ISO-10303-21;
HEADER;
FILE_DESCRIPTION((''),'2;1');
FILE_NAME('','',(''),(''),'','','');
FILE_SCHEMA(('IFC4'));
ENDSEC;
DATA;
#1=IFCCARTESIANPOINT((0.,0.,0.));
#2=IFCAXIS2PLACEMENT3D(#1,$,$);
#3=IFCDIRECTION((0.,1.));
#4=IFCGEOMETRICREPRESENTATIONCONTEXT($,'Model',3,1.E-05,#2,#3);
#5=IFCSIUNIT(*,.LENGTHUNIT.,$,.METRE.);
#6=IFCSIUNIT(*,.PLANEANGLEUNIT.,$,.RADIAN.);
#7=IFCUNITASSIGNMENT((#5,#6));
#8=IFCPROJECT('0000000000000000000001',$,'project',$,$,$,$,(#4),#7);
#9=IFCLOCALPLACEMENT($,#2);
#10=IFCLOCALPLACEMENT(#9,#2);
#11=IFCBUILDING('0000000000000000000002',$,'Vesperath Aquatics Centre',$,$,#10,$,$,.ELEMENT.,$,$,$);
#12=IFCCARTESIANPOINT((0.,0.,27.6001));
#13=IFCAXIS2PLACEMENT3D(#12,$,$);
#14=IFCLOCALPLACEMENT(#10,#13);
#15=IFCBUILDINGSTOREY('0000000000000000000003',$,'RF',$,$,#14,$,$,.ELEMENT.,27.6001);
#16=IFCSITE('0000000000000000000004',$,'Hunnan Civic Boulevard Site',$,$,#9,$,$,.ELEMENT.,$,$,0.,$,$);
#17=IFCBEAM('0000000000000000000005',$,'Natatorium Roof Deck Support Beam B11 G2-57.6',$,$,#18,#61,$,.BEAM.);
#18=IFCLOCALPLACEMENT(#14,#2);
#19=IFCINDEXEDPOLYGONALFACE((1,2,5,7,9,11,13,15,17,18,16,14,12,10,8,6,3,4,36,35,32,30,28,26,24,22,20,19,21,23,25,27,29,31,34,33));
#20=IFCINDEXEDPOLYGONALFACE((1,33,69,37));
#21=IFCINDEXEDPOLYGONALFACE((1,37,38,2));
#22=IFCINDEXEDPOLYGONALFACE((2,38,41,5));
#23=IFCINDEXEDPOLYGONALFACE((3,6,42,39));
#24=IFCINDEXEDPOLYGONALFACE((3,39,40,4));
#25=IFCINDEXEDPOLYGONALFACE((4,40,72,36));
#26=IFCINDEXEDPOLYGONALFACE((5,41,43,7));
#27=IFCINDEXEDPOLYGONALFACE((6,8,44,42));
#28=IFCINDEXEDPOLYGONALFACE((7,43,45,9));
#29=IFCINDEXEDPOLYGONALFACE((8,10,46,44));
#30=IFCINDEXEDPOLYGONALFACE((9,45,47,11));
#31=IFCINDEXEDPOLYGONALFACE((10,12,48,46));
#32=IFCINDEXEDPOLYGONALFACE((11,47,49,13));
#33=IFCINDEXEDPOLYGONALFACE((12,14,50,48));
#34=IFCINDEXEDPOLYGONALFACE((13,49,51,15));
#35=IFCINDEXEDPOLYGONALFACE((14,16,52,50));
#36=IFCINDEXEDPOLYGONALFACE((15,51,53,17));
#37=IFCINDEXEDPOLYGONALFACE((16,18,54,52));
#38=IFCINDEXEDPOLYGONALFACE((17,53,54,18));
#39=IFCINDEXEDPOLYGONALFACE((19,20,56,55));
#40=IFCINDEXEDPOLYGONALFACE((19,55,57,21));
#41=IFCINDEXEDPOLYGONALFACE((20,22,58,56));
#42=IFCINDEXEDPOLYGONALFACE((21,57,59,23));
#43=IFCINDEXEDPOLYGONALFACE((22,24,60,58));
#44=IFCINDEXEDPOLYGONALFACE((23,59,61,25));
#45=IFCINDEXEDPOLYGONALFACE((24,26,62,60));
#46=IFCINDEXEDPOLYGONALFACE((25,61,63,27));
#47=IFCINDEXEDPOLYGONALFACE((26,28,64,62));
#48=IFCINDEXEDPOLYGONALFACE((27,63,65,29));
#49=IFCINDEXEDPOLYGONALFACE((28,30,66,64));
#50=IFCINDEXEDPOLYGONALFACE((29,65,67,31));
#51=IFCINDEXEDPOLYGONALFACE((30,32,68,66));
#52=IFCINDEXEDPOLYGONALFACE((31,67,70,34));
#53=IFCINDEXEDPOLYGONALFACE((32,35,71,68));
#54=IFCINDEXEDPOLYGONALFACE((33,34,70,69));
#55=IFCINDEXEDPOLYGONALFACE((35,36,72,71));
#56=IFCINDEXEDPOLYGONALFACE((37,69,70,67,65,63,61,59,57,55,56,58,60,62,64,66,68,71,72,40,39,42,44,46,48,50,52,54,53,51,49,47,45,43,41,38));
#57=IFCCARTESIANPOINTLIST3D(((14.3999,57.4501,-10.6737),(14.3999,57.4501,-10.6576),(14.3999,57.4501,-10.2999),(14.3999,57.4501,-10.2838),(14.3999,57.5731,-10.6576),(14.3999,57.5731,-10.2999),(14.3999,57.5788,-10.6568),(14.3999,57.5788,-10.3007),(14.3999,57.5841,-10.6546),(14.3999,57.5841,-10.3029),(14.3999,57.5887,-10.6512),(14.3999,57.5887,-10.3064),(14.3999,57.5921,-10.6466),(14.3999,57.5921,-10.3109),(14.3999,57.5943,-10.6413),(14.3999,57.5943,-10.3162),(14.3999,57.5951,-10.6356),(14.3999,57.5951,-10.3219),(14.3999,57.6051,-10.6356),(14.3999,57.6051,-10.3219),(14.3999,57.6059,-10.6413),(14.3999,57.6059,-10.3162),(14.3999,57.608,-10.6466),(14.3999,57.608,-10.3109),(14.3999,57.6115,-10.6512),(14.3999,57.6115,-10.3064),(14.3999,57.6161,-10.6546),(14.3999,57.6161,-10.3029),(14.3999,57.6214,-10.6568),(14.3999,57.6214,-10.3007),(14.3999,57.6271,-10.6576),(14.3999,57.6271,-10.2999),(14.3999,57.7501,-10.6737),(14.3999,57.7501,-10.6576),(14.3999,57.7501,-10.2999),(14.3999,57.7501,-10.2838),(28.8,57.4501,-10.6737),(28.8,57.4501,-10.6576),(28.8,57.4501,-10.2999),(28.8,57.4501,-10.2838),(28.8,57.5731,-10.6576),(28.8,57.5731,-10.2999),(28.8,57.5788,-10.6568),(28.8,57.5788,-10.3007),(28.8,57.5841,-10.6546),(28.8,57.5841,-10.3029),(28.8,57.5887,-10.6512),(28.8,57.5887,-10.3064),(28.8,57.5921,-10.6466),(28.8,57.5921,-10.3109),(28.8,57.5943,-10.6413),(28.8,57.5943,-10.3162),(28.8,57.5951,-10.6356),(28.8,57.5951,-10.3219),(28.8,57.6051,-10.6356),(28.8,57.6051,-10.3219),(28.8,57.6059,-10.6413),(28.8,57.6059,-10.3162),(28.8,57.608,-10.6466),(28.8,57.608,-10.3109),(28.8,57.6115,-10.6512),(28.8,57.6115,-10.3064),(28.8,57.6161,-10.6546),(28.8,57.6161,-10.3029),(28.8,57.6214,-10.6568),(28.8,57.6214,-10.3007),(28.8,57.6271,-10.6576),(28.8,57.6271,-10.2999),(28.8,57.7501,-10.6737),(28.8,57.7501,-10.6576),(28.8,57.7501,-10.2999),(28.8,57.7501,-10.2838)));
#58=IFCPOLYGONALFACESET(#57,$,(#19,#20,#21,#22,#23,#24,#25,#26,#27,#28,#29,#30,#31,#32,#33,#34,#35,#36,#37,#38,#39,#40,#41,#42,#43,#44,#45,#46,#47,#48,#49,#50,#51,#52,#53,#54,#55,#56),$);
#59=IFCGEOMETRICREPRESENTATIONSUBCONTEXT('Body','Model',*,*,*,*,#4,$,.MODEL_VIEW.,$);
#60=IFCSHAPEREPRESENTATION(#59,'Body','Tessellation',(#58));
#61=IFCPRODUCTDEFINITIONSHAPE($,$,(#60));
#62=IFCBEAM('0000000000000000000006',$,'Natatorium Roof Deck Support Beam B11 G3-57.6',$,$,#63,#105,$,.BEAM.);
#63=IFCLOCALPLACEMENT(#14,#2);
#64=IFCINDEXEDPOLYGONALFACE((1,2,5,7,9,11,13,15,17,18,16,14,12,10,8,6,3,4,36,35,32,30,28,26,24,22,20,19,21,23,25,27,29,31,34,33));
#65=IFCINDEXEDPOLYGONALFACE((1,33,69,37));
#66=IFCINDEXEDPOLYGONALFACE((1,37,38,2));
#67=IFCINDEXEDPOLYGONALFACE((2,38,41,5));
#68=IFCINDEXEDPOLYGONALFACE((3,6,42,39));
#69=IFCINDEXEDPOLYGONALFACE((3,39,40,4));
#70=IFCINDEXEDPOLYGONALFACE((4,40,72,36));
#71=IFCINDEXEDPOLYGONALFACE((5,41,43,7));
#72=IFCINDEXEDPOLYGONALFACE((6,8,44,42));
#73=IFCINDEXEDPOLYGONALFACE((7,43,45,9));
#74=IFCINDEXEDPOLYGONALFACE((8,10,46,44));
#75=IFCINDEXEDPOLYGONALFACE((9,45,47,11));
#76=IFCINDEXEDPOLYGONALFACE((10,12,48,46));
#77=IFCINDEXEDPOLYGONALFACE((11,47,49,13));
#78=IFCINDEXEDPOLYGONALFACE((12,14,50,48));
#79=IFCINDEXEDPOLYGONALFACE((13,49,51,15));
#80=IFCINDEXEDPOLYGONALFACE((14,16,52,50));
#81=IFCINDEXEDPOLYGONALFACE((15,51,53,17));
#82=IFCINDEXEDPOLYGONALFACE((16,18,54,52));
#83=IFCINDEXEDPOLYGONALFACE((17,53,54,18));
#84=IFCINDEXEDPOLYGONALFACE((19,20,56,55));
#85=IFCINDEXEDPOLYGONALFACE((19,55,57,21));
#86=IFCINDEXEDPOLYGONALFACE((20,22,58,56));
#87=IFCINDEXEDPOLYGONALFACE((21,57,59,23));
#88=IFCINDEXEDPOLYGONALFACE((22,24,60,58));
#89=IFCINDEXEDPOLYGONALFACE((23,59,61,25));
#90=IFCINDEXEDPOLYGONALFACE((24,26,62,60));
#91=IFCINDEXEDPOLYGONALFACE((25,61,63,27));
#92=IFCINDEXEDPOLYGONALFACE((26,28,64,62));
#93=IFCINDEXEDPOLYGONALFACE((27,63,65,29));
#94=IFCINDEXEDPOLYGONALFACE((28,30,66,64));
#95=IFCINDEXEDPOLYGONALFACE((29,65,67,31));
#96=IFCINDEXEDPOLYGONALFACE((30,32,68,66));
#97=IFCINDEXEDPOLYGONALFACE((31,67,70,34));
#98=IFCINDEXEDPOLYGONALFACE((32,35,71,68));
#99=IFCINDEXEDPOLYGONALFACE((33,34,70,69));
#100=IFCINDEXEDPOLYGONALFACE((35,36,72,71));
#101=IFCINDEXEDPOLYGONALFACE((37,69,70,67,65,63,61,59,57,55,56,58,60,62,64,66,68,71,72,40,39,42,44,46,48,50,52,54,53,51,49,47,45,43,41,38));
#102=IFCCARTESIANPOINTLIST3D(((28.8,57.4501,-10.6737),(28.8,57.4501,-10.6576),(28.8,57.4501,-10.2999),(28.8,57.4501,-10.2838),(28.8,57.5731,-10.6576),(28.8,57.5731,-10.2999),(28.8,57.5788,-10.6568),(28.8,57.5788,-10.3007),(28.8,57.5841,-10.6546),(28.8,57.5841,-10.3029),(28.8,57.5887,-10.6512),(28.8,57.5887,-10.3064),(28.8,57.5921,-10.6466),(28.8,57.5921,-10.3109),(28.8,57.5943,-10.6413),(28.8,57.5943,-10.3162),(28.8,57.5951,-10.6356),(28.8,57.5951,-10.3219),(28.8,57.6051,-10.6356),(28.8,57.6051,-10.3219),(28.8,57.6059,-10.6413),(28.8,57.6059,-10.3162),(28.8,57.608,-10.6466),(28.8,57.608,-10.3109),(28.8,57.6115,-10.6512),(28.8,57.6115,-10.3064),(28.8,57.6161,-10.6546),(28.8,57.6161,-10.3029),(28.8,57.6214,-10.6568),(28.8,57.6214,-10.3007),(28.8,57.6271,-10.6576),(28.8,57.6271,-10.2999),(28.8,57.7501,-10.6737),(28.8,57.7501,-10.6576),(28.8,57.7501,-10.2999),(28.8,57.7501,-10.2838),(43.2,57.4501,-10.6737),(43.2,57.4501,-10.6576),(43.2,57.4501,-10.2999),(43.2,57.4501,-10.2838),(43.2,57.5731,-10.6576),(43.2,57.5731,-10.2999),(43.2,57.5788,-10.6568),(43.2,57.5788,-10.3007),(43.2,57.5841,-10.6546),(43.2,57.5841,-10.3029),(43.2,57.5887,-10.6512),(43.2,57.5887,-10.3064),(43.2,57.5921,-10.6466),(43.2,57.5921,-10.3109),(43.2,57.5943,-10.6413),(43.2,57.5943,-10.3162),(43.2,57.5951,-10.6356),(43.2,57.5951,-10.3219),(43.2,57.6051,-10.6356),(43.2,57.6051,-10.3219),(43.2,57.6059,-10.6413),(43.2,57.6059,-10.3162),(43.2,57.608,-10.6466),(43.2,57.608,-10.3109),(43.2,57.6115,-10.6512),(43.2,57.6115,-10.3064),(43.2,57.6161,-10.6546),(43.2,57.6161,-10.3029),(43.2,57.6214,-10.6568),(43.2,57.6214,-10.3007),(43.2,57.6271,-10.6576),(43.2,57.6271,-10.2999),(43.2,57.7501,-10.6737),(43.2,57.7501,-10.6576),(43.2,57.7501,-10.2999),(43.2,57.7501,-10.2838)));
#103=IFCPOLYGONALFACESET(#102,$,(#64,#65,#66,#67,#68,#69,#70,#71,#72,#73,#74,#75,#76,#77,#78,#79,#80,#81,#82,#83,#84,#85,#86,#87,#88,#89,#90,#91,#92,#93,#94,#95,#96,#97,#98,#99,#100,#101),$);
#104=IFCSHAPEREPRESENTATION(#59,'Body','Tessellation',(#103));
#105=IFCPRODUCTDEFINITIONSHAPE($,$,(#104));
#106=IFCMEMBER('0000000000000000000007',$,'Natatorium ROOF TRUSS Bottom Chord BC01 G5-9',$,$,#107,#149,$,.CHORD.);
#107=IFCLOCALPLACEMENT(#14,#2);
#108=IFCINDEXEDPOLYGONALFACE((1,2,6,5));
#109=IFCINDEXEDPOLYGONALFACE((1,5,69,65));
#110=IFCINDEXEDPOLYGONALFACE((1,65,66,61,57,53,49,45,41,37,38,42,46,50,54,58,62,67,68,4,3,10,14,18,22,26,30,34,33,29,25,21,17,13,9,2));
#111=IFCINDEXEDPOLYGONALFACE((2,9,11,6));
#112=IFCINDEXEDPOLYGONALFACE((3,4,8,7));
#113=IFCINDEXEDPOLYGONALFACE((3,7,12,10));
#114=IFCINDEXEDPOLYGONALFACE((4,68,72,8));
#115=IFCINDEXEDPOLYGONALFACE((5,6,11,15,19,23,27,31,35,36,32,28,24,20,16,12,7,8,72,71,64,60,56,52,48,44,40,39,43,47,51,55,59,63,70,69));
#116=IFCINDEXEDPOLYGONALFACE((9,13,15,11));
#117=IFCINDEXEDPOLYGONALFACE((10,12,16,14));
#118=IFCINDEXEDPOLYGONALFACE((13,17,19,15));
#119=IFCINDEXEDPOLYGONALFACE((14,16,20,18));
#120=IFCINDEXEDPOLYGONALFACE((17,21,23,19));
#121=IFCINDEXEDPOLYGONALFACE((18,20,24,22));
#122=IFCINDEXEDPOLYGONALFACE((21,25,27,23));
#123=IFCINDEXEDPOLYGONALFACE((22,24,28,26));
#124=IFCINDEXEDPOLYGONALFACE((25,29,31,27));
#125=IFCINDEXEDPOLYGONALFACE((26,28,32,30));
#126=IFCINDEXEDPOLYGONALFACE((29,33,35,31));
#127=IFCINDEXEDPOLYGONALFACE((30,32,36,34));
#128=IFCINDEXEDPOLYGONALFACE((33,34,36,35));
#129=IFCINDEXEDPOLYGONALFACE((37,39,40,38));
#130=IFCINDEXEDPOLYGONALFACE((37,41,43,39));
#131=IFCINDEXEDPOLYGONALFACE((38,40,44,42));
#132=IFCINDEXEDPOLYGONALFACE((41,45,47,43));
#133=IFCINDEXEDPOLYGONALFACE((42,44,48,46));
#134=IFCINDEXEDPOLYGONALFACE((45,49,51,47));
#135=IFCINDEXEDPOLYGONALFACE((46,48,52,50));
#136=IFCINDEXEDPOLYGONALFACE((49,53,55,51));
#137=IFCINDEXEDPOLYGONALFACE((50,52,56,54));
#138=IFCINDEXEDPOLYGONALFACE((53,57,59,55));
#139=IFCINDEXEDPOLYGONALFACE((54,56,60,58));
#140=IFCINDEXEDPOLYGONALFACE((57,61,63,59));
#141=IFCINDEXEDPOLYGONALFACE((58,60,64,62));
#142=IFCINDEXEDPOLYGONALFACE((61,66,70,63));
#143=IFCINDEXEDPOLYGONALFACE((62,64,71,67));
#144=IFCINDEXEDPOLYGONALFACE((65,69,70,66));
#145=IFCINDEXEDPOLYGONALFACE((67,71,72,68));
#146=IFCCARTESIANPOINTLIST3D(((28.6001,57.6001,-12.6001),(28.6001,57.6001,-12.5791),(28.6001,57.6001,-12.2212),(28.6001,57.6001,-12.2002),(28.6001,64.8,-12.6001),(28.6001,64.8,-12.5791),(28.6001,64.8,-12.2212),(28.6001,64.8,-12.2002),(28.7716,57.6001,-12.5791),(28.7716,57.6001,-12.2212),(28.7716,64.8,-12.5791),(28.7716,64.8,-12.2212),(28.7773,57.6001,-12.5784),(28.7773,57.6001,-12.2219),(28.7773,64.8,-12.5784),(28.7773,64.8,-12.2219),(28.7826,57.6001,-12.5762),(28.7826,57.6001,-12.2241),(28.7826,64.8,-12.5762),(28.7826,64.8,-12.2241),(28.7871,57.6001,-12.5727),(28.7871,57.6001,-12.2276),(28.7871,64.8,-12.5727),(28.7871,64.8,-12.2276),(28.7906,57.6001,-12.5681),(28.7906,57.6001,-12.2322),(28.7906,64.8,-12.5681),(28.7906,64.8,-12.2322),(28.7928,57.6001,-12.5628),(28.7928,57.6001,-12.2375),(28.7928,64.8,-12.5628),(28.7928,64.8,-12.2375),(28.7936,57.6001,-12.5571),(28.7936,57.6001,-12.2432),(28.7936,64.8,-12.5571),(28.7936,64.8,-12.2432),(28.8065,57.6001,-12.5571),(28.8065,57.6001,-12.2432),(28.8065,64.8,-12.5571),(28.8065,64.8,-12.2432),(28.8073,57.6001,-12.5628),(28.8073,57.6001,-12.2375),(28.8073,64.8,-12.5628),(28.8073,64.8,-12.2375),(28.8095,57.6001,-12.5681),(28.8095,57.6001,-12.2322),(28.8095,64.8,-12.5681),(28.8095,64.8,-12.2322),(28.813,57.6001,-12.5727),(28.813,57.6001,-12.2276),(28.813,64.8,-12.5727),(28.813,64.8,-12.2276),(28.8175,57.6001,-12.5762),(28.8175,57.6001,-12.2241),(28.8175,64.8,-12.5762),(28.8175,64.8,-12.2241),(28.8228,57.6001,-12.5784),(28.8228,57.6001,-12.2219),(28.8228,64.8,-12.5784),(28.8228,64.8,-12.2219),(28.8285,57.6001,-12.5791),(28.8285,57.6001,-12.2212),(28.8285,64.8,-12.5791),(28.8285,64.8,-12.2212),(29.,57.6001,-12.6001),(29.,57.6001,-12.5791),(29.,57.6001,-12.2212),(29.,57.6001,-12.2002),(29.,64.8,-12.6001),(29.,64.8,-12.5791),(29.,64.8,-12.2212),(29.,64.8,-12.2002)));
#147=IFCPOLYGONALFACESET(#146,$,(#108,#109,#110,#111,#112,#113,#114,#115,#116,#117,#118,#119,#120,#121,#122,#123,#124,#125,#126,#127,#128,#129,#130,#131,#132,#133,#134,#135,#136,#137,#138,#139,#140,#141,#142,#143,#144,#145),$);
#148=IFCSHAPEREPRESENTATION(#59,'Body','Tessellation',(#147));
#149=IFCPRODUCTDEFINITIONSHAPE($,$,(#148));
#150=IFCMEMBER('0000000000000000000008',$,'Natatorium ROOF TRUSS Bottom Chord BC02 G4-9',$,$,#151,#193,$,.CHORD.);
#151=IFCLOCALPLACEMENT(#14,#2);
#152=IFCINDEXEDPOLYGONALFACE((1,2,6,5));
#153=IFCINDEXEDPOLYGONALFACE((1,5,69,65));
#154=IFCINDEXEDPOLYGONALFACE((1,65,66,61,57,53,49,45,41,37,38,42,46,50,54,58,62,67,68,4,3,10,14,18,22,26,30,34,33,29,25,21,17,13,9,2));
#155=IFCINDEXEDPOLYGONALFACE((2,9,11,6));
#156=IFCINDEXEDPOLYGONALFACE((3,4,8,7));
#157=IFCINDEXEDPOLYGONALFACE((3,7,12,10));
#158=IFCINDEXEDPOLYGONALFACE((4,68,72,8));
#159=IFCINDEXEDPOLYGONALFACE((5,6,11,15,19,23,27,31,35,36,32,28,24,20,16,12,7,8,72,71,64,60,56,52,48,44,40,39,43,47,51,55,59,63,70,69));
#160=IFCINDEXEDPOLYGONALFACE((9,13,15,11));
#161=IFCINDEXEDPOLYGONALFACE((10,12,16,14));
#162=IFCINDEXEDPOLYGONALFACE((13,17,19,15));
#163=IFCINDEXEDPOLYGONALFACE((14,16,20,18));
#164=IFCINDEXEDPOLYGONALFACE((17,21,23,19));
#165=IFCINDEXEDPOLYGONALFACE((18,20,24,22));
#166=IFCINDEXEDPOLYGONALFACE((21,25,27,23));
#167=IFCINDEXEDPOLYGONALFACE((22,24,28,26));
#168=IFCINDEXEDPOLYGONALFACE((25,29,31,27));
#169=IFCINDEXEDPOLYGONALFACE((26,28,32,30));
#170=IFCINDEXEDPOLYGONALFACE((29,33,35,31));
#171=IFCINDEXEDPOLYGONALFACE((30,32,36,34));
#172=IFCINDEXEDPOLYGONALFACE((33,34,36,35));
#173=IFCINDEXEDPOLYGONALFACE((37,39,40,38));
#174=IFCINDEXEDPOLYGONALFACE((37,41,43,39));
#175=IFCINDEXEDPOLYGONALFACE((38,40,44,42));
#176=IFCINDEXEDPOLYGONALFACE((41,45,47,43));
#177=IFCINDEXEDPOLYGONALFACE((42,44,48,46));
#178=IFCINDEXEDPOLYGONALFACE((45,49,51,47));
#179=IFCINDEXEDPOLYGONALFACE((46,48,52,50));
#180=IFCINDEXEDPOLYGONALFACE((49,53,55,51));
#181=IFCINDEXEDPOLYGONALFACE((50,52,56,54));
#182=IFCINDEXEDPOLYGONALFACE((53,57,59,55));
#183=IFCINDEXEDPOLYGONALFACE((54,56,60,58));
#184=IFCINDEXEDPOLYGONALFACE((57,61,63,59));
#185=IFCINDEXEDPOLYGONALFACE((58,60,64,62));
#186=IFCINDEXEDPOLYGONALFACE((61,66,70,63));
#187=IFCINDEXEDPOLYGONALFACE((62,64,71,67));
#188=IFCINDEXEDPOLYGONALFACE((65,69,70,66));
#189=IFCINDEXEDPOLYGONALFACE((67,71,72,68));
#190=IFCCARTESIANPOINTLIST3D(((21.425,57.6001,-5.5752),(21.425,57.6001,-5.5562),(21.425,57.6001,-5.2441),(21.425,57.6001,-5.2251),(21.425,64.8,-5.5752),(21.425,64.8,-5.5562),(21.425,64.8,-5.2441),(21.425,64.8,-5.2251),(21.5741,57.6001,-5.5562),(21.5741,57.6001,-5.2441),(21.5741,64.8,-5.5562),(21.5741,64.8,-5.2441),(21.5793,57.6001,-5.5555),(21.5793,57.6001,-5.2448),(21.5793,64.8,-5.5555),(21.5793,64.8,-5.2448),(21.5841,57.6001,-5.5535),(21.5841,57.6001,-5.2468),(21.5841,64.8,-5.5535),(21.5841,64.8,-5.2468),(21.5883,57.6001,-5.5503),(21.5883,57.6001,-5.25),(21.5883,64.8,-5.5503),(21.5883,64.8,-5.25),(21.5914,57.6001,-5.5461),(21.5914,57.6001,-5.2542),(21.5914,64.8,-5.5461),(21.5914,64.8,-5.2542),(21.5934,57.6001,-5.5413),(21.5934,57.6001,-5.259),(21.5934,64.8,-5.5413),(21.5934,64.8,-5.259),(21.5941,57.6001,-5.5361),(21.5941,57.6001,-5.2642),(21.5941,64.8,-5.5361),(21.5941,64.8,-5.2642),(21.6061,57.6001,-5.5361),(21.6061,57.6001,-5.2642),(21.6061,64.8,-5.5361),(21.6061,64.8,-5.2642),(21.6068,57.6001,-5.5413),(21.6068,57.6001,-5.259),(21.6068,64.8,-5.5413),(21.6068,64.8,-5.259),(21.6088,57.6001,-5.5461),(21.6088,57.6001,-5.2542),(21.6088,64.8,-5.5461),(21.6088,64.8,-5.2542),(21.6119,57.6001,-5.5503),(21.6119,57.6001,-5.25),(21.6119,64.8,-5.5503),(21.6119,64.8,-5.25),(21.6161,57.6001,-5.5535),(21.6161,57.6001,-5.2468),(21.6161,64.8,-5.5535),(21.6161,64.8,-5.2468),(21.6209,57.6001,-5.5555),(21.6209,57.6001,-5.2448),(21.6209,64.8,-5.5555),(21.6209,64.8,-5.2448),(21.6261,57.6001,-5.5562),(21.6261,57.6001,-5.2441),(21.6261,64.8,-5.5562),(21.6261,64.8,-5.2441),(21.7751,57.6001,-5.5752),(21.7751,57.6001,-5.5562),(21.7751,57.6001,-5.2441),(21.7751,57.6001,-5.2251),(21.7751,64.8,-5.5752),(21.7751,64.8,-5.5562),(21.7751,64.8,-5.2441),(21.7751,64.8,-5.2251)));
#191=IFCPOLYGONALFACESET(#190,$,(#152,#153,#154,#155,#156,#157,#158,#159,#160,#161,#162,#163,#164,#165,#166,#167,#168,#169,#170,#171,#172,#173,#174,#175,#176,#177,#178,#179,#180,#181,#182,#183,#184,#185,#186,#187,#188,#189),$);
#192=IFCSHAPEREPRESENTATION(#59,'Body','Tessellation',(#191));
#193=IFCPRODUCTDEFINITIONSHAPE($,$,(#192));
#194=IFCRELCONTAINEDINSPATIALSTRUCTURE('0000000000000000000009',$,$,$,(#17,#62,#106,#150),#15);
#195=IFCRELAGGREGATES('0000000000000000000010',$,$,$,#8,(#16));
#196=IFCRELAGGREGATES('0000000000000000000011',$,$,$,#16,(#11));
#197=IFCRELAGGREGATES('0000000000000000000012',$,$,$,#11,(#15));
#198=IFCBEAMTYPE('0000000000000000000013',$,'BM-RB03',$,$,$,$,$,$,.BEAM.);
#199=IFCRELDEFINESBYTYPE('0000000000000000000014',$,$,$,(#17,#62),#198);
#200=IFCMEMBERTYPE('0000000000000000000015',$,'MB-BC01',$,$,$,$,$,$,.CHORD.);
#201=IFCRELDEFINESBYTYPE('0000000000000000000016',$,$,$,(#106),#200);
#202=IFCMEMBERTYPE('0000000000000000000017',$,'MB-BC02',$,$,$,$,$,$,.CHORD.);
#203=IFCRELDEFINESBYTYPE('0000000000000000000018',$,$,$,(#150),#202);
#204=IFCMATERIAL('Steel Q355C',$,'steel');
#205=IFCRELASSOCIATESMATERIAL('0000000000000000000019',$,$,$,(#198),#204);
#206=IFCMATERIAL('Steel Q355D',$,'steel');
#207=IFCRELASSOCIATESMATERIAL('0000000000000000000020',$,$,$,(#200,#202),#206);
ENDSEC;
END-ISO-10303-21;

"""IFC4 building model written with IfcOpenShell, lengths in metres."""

from ifc_helpers import new_model, si_unit, direction, frame, origin, origin_2d, place, context, subcontext, project, spatial, i_section, extrude, material, material_profile, profile_set, type_object, element, save


model = new_model("IFC4")

# Units and contexts
model_context = context("Model", 3, precision=1e-05, world=origin(), true_north=direction((0.0, 1.0)))
body_context = subcontext(model_context, "Body", "Model", "MODEL_VIEW")
ifc_project = project(units=[si_unit("LENGTHUNIT", "METRE"), si_unit("PLANEANGLEUNIT", "RADIAN")], contexts=[model_context])

# Site, building, storey
site_placement = place(None, origin())
site = spatial("IfcSite", under=ifc_project, at=site_placement, Name="Hunnan Civic Boulevard Site", CompositionType="ELEMENT", RefElevation=0.0)
building_placement = place(site_placement, origin())
building = spatial("IfcBuilding", under=site, at=building_placement, Name="Vesperath Aquatics Centre", CompositionType="ELEMENT")
storey_placement = place(building_placement, frame((0.0, 0.0, 27.6001)))
storey = spatial("IfcBuildingStorey", under=building, at=storey_placement, Name="RF", CompositionType="ELEMENT", Elevation=27.6001)

# Beams
ifc_material_1 = material(Name="Steel Q355C", Category="steel")
ifc_material_profile_1 = material_profile(ifc_material_1, i_section(OverallWidth=0.3, OverallDepth=0.3899, WebThickness=0.01, FlangeThickness=0.0161, FilletRadius=0.022, at=origin_2d()), Name="HM 390x300x10x16")
ifc_profile_set_1 = profile_set([ifc_material_profile_1], Name="Steel Q355C")
beam_type = type_object("IfcBeamType", Name="BM-RB03", PredefinedType="BEAM", material=ifc_profile_set_1)
beam_1_placement = place(storey_placement, frame((14.3999, 57.6001, -10.4788), z_axis=(1.0, 0.0, 0.0), x_axis=(0.0, 1.0, 0.0)))
element("IfcBeam", 1, at=beam_1_placement, inside=storey, type_object=beam_type, Name="Natatorium Roof Deck Support Beam B11 G2-57.6", PredefinedType="BEAM", context=body_context, shape_type="SweptSolid", body=[
    extrude(i_section(OverallWidth=0.3, OverallDepth=0.3899, WebThickness=0.01, FlangeThickness=0.0161, FilletRadius=0.022, at=origin_2d()), origin(), (0.0, 0.0, 1.0), 14.4001),
])
beam_2_placement = place(storey_placement, frame((28.8, 57.6001, -10.4788), z_axis=(1.0, 0.0, 0.0), x_axis=(0.0, 1.0, 0.0)))
element("IfcBeam", 2, at=beam_2_placement, inside=storey, type_object=beam_type, Name="Natatorium Roof Deck Support Beam B11 G3-57.6", PredefinedType="BEAM", context=body_context, shape_type="SweptSolid", body=[
    extrude(i_section(OverallWidth=0.3, OverallDepth=0.3899, WebThickness=0.01, FlangeThickness=0.0161, FilletRadius=0.022, at=origin_2d()), origin(), (0.0, 0.0, 1.0), 14.3999),
])

# Members
ifc_material_2 = material(Name="Steel Q355D", Category="steel")
ifc_material_profile_2 = material_profile(ifc_material_2, i_section(OverallWidth=0.3999, OverallDepth=0.3999, WebThickness=0.0129, FlangeThickness=0.021, FilletRadius=0.022, at=origin_2d()), Name="HW 400x400x13x21")
ifc_profile_set_2 = profile_set([ifc_material_profile_2], Name="Steel Q355D")
member_type_1 = type_object("IfcMemberType", Name="MB-BC01", PredefinedType="CHORD", material=ifc_profile_set_2)
member_1_placement = place(storey_placement, frame((28.8, 57.6001, -12.4001), z_axis=(0.0, 1.0, 0.0), x_axis=(-1.0, 0.0, 0.0)))
element("IfcMember", 3, at=member_1_placement, inside=storey, type_object=member_type_1, Name="Natatorium ROOF TRUSS Bottom Chord BC01 G5-9", PredefinedType="CHORD", context=body_context, shape_type="SweptSolid", body=[
    extrude(i_section(OverallWidth=0.3999, OverallDepth=0.3999, WebThickness=0.0129, FlangeThickness=0.021, FilletRadius=0.022, at=origin_2d()), origin(), (0.0, 0.0, 1.0), 7.2),
])
ifc_material_profile_3 = material_profile(ifc_material_2, i_section(OverallWidth=0.3501, OverallDepth=0.3501, WebThickness=0.012, FlangeThickness=0.019, FilletRadius=0.02, at=origin_2d()), Name="HW 350x350x12x19")
ifc_profile_set_3 = profile_set([ifc_material_profile_3], Name="Steel Q355D")
member_type_2 = type_object("IfcMemberType", Name="MB-BC02", PredefinedType="CHORD", material=ifc_profile_set_3)
member_2_placement = place(storey_placement, frame((21.6001, 57.6001, -5.4001), z_axis=(0.0, 1.0, 0.0), x_axis=(-1.0, 0.0, 0.0)))
element("IfcMember", 4, at=member_2_placement, inside=storey, type_object=member_type_2, Name="Natatorium ROOF TRUSS Bottom Chord BC02 G4-9", PredefinedType="CHORD", context=body_context, shape_type="SweptSolid", body=[
    extrude(i_section(OverallWidth=0.3501, OverallDepth=0.3501, WebThickness=0.012, FlangeThickness=0.019, FilletRadius=0.02, at=origin_2d()), origin(), (0.0, 0.0, 1.0), 7.2),
])

save(model, "model.ifc")
